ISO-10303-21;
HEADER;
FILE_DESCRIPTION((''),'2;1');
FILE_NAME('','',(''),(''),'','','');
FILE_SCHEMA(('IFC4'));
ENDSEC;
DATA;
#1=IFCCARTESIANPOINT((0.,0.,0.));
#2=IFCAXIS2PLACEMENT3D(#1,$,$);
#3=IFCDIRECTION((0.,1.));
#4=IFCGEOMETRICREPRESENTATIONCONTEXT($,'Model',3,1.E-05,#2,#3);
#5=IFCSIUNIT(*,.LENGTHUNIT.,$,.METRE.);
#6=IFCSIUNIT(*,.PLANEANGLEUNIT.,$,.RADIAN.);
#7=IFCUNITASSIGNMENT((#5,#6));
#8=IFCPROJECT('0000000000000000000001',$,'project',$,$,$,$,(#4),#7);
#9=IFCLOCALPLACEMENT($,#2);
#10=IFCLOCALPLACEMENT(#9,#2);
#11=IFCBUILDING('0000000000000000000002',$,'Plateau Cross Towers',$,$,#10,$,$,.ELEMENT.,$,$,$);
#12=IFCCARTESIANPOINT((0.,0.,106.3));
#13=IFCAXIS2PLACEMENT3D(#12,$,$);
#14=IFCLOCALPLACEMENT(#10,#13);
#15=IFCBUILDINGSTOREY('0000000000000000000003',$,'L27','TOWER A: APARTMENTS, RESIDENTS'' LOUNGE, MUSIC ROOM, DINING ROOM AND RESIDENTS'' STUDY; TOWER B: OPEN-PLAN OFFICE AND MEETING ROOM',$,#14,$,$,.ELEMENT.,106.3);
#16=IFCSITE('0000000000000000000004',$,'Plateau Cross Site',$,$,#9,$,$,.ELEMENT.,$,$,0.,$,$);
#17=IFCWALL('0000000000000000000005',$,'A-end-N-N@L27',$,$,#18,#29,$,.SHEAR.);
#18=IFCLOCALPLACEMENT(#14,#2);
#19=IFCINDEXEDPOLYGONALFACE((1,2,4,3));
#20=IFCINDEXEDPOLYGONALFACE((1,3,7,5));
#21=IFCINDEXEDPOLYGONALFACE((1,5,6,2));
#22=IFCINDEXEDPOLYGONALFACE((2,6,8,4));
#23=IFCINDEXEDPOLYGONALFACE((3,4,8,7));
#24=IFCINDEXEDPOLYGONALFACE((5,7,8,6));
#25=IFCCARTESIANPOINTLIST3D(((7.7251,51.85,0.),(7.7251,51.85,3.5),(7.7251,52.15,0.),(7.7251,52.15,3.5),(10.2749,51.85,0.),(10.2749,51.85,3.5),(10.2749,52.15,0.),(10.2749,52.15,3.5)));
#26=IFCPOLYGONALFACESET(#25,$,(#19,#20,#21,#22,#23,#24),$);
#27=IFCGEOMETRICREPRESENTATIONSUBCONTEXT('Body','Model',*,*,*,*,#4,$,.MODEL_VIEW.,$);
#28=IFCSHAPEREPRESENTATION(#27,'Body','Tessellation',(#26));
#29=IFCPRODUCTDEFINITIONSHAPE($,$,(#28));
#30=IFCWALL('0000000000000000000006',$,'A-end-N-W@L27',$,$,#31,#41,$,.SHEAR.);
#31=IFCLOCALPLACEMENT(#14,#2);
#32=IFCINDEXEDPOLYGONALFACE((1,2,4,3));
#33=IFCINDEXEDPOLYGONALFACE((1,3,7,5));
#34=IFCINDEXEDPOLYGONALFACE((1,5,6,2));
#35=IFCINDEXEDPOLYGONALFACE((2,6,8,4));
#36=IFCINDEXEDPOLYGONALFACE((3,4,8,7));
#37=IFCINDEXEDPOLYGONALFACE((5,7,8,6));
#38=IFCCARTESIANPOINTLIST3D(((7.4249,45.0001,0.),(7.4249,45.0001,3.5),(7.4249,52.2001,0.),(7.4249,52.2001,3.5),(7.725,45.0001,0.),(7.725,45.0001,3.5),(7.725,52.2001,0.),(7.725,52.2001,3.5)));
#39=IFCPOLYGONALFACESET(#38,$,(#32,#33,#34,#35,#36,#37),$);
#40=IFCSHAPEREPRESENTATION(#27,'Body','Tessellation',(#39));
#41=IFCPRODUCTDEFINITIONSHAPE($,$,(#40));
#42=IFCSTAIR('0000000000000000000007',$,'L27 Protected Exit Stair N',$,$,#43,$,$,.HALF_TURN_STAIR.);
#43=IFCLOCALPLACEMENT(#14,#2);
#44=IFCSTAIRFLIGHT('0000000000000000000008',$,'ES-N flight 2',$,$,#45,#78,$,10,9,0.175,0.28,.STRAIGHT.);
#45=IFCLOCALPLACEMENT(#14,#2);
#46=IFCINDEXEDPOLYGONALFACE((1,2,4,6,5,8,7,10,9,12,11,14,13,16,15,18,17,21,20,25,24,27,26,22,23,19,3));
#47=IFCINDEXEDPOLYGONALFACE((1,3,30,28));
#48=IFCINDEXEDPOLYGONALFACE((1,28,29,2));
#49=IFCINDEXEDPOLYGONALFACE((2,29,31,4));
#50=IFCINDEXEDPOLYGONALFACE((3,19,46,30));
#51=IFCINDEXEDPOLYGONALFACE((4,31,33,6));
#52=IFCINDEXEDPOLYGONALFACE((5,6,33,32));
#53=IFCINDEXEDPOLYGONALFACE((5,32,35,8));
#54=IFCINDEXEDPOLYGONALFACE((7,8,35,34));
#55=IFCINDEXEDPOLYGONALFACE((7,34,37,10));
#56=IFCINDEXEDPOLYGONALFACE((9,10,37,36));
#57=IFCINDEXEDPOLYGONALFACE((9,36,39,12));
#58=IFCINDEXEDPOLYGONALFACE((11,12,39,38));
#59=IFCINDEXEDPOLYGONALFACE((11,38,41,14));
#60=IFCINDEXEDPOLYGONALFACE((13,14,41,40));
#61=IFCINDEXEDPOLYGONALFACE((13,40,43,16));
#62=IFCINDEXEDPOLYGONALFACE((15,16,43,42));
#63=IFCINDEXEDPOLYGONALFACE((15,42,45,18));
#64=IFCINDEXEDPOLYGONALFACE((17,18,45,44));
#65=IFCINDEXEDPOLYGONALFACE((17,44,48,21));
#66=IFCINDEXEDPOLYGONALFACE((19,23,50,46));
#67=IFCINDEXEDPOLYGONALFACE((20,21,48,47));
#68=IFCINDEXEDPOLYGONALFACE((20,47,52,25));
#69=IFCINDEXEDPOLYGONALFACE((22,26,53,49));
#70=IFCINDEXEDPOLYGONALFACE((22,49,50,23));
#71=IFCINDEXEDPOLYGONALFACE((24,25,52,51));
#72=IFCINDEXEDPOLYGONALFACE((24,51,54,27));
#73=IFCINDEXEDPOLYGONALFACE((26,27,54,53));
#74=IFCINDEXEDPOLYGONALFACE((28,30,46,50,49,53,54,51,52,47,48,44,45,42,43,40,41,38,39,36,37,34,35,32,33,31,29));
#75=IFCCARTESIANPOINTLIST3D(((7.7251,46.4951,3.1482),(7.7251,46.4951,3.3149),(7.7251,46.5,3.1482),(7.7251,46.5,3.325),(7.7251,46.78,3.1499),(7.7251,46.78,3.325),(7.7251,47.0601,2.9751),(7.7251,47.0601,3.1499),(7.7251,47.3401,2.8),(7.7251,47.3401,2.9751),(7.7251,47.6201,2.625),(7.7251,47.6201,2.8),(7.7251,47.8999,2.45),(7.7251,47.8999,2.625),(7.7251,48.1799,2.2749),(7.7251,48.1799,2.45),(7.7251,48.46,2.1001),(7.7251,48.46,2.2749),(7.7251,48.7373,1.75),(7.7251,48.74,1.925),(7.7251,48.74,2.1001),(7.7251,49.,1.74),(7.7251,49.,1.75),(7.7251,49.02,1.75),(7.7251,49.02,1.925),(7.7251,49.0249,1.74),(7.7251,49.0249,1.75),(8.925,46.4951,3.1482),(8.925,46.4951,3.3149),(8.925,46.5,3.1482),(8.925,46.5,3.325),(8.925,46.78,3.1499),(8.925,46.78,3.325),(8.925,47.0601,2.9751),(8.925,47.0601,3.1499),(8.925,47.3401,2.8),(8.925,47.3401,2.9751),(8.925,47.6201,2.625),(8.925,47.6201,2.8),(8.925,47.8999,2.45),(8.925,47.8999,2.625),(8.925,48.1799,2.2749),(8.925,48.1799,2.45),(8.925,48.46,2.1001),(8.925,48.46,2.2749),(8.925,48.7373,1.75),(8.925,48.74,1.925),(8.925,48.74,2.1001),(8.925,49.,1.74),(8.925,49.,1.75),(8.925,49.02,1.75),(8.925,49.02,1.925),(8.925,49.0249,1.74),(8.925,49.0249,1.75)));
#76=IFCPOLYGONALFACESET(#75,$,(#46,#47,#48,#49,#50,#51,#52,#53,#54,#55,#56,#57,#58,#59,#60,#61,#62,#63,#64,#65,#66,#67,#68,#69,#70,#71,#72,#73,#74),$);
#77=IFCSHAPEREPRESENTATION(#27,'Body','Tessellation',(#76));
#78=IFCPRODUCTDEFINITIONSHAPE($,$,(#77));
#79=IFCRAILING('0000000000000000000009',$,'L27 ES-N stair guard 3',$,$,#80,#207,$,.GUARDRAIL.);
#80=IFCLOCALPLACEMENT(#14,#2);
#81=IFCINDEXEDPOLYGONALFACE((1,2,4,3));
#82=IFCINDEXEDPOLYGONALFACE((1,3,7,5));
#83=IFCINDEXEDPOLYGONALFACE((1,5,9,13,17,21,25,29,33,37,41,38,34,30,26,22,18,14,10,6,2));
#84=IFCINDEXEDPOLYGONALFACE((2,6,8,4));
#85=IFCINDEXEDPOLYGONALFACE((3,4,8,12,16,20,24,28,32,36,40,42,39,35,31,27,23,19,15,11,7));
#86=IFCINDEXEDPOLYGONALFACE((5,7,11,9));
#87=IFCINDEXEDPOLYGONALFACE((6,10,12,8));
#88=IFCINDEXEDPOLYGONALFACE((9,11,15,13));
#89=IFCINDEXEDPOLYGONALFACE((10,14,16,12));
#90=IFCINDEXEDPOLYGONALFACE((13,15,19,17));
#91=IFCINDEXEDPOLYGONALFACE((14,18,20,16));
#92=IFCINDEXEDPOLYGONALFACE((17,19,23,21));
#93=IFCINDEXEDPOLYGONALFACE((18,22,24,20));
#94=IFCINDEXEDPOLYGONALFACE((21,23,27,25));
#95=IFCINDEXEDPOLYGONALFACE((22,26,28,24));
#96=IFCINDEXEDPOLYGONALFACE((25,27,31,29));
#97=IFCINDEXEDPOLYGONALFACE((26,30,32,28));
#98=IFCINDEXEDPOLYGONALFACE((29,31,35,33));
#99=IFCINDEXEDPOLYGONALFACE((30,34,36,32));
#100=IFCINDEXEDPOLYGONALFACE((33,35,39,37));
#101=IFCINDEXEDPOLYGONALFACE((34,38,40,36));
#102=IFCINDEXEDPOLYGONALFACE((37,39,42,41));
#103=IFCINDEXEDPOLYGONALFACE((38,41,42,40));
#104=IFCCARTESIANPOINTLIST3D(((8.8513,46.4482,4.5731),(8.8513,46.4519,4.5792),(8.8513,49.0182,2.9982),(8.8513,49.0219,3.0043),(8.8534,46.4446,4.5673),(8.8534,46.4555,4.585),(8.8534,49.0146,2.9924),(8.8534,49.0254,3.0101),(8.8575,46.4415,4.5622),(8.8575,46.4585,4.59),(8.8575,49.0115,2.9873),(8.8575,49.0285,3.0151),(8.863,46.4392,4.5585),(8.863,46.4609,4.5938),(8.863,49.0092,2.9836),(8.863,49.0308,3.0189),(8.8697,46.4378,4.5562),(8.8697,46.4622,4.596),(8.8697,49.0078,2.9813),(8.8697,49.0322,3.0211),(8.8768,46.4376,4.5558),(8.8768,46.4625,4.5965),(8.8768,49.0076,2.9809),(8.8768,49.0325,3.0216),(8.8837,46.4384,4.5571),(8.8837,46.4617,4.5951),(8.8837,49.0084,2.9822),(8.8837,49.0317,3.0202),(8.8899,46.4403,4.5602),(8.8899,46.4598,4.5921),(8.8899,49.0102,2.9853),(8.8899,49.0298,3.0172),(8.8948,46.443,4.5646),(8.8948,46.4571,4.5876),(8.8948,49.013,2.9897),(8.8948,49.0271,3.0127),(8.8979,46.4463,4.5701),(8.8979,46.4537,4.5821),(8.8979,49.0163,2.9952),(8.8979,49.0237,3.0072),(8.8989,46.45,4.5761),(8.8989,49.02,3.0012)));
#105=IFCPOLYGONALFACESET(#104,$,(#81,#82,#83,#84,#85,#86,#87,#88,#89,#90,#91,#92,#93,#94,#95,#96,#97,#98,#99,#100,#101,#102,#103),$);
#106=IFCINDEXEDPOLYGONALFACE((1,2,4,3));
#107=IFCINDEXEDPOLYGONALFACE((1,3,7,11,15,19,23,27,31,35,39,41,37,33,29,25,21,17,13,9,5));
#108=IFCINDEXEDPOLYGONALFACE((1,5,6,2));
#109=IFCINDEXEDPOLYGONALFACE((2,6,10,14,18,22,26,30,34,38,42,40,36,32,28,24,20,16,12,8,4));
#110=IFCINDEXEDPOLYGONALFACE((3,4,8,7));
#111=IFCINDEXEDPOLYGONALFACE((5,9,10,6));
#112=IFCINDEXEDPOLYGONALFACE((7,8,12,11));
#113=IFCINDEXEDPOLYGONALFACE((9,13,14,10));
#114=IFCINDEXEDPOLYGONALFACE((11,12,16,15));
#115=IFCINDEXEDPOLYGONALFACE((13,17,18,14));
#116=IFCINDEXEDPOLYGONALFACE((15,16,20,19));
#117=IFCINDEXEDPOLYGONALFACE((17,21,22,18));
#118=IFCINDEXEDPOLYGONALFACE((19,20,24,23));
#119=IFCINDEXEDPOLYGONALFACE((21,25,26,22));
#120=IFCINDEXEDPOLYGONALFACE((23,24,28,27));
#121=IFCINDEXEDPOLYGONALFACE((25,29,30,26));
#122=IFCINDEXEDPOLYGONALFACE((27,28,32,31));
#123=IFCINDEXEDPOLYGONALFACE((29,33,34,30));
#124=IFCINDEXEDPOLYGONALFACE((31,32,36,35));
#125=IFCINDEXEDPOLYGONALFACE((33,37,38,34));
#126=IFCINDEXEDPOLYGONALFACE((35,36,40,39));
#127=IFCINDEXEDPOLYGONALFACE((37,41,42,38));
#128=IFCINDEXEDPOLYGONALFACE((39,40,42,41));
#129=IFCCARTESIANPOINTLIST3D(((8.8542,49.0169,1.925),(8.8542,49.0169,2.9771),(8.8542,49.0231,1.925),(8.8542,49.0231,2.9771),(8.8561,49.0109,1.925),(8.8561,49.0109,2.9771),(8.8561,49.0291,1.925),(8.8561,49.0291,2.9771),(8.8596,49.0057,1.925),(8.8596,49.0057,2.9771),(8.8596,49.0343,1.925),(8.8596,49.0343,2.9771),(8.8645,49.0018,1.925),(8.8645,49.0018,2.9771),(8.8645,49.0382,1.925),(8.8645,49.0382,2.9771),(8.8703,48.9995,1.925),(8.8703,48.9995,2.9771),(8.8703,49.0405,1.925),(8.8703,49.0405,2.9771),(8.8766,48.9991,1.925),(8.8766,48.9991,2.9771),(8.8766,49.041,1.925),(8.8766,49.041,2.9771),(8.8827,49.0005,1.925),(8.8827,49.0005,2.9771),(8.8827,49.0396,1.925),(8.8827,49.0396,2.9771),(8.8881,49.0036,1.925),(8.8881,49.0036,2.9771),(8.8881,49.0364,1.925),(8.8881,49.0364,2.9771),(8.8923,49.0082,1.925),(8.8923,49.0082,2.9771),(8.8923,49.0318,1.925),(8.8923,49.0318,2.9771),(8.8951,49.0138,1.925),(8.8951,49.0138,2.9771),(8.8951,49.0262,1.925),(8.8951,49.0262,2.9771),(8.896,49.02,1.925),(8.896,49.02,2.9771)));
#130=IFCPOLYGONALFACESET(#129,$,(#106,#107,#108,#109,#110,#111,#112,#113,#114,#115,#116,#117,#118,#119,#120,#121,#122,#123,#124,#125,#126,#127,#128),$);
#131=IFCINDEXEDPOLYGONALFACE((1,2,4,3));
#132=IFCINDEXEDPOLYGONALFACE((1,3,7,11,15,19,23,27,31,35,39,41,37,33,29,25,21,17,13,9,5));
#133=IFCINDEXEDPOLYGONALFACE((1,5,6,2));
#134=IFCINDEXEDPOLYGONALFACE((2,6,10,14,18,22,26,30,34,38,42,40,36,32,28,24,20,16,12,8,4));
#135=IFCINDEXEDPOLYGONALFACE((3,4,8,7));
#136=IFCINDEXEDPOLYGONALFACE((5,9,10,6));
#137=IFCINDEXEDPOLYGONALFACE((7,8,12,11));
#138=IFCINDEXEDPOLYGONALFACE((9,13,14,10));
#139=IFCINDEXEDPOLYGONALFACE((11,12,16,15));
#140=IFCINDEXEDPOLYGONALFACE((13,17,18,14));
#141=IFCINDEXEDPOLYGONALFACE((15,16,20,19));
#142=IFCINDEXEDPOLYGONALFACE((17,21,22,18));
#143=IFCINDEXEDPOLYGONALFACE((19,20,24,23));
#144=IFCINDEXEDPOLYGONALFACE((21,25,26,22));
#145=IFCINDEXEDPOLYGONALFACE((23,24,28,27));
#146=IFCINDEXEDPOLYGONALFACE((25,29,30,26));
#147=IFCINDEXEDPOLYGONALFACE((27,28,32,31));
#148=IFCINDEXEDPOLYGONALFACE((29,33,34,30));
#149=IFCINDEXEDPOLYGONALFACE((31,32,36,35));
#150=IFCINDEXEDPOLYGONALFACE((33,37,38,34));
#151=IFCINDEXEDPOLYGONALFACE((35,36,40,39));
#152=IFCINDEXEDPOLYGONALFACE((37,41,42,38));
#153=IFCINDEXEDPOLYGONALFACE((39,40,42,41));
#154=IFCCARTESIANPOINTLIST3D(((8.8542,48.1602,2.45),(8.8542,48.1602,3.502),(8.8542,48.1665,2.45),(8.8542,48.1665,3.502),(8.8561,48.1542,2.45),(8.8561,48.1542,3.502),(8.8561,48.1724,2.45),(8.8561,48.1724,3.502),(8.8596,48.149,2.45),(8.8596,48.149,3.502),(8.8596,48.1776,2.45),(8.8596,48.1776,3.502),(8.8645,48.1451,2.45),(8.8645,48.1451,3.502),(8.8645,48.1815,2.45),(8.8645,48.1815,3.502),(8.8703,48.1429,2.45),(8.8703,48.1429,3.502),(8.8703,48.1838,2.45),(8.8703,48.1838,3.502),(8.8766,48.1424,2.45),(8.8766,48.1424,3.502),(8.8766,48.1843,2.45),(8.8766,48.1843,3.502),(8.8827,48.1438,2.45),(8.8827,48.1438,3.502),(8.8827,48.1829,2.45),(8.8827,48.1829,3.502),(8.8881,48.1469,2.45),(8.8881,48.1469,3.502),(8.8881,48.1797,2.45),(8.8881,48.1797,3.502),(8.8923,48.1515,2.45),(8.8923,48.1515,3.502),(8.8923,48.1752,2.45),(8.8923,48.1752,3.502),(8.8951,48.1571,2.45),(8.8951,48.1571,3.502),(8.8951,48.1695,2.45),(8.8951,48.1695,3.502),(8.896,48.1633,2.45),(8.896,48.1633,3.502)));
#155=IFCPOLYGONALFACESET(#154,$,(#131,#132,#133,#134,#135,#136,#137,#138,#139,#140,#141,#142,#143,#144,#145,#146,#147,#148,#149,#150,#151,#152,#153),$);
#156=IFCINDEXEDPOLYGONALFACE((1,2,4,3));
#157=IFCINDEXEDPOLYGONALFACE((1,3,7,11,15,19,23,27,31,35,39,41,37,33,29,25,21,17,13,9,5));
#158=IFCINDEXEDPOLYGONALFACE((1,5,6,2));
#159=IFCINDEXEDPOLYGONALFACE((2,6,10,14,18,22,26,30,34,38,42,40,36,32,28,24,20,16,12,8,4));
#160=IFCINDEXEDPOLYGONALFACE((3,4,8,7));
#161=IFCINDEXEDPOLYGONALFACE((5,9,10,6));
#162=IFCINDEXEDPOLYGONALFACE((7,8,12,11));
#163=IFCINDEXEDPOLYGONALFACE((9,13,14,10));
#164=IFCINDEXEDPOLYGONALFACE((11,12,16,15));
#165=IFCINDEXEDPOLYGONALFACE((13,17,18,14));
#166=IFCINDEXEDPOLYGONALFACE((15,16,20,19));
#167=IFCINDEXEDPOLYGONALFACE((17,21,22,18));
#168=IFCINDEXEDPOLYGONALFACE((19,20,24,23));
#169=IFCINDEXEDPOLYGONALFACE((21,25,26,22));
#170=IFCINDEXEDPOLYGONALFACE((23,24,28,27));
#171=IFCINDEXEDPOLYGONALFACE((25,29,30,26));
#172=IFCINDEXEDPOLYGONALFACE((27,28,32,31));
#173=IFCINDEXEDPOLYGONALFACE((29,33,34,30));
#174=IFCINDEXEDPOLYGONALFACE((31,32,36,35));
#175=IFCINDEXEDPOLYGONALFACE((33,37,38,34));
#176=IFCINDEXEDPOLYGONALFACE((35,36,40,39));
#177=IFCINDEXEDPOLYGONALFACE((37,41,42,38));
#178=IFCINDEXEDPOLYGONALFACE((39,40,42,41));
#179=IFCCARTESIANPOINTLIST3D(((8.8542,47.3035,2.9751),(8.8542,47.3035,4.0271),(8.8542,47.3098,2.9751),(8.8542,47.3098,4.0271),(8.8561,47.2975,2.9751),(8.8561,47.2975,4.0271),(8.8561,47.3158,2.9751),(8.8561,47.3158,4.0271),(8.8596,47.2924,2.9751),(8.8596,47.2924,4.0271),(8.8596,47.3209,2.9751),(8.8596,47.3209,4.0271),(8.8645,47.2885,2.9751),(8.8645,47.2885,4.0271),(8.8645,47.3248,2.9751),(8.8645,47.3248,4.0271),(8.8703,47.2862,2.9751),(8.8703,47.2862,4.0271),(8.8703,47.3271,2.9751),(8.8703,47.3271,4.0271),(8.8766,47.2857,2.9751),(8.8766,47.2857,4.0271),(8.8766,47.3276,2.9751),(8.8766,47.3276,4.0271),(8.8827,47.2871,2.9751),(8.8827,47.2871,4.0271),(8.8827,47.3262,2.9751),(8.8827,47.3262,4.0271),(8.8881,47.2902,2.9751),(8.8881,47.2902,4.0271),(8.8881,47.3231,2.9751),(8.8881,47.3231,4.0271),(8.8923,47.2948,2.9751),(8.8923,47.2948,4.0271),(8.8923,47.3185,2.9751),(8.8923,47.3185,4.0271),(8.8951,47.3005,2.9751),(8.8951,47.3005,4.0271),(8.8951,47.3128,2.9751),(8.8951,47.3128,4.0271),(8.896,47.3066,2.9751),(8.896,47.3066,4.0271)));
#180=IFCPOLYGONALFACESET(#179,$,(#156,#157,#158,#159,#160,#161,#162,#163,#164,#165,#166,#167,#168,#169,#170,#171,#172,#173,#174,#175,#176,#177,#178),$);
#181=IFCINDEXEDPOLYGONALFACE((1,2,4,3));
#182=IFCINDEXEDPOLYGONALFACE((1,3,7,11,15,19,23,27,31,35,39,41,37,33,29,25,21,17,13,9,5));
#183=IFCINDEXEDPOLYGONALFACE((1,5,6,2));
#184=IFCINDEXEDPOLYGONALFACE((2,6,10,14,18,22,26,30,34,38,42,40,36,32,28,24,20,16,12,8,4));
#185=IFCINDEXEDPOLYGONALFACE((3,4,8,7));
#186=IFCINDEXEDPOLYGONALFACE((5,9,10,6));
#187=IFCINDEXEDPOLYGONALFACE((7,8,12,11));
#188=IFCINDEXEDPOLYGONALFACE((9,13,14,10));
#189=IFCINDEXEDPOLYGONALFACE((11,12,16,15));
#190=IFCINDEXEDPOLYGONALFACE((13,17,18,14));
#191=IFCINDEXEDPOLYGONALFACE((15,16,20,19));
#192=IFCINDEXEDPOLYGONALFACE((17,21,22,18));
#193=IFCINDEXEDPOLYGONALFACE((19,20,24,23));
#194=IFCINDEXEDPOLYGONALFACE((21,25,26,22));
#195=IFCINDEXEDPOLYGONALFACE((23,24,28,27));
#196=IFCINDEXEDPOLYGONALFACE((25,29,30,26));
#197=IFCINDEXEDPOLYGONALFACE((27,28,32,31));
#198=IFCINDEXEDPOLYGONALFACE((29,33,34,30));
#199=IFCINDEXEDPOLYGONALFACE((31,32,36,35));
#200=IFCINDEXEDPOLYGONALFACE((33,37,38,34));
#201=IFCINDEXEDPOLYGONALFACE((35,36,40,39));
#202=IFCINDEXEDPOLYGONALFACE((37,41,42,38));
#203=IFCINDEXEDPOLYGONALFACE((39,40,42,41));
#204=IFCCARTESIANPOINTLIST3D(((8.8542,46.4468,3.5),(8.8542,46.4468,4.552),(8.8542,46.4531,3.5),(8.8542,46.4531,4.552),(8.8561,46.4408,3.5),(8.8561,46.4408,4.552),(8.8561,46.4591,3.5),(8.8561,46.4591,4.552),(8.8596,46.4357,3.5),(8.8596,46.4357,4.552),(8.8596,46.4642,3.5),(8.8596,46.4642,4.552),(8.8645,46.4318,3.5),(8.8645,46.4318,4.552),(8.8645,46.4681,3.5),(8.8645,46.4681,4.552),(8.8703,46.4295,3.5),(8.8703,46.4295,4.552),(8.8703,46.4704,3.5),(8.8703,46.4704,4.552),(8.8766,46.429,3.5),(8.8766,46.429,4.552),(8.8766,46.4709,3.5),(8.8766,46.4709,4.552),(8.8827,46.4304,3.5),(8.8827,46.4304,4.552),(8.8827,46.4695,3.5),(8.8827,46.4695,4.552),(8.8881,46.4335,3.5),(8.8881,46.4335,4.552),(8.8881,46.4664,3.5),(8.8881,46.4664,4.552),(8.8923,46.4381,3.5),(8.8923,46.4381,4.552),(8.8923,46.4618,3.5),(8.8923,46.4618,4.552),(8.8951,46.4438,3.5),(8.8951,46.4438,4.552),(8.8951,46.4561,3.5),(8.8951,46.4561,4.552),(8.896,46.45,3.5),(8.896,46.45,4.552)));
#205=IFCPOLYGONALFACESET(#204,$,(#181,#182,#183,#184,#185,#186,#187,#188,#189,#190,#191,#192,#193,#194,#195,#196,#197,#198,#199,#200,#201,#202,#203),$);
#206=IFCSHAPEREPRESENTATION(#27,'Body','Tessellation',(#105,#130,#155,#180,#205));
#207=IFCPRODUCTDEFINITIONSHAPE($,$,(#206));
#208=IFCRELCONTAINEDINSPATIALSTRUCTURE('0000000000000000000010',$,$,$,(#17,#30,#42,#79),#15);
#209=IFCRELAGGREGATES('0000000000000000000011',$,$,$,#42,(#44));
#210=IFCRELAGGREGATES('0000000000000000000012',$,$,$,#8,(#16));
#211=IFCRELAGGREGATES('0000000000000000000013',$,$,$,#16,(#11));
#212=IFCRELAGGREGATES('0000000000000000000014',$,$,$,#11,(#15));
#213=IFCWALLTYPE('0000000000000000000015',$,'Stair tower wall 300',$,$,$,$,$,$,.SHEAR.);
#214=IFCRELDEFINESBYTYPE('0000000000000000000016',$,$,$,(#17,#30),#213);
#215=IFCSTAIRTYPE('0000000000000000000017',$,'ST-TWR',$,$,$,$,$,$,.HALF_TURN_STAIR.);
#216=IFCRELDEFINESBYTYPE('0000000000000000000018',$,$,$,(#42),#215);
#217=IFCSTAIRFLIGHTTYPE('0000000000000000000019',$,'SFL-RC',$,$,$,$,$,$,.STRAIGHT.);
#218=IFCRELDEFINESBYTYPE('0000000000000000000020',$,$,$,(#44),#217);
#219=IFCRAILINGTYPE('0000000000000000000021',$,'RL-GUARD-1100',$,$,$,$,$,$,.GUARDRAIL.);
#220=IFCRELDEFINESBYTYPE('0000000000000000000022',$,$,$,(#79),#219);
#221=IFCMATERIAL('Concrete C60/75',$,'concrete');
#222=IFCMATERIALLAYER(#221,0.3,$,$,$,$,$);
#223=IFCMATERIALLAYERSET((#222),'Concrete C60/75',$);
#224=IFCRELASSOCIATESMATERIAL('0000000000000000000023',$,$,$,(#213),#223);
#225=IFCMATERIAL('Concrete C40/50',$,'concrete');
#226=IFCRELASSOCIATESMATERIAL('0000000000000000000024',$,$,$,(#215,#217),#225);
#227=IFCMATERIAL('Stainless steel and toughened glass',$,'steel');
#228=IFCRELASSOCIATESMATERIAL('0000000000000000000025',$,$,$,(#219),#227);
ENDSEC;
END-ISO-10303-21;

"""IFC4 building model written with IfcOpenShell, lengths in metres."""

from ifc_helpers import new_model, si_unit, direction, frame, frame_2d, origin, origin_2d, place, context, subcontext, project, spatial, polyline, rectangle, circle, outline, extrude, material, layer, layer_set, type_object, element, aggregate, save


model = new_model("IFC4")

# Units and contexts
model_context = context("Model", 3, precision=1e-05, world=origin(), true_north=direction((0.0, 1.0)))
body_context = subcontext(model_context, "Body", "Model", "MODEL_VIEW")
ifc_project = project(units=[si_unit("LENGTHUNIT", "METRE"), si_unit("PLANEANGLEUNIT", "RADIAN")], contexts=[model_context])

# Site, building, storey
site_placement = place(None, origin())
site = spatial("IfcSite", under=ifc_project, at=site_placement, Name="Plateau Cross Site", CompositionType="ELEMENT", RefElevation=0.0)
building_placement = place(site_placement, origin())
building = spatial("IfcBuilding", under=site, at=building_placement, Name="Plateau Cross Towers", CompositionType="ELEMENT")
storey_placement = place(building_placement, frame((0.0, 0.0, 106.3)))
storey = spatial("IfcBuildingStorey", under=building, at=storey_placement, Name="L27", Description="TOWER A: APARTMENTS, RESIDENTS' LOUNGE, MUSIC ROOM, DINING ROOM AND RESIDENTS' STUDY; TOWER B: OPEN-PLAN OFFICE AND MEETING ROOM", CompositionType="ELEMENT", Elevation=106.3)

# Shared definitions
ifc_material_1 = material(Name="Concrete C60/75", Category="concrete")

# Shared definitions
ifc_layer_1 = layer(ifc_material_1, 0.3)
ifc_layer_set_1 = layer_set([ifc_layer_1], Name="Concrete C60/75")
wall_type_1 = type_object("IfcWallType", Name="Stair tower wall 300", PredefinedType="SHEAR", material=ifc_layer_set_1)

# Walls
wall_1_placement = place(storey_placement, frame((7.7251, 52.0, 0.0), z_axis=(0.0, 0.0, 1.0), x_axis=(1.0, 0.0, 0.0)))
element("IfcWall", 1, at=wall_1_placement, inside=storey, type_object=wall_type_1, Name="A-end-N-N@L27", PredefinedType="SHEAR", context=body_context, shape_type="SweptSolid", body=[
    extrude(rectangle(XDim=2.5498, YDim=0.3, at=frame_2d((1.2749, 0.0))), origin(), (0.0, 0.0, 1.0), 3.5),
])
wall_2_placement = place(storey_placement, frame((7.575, 45.0, 0.0), z_axis=(0.0, 0.0, 1.0), x_axis=(0.0, 1.0, 0.0)))
element("IfcWall", 2, at=wall_2_placement, inside=storey, type_object=wall_type_1, Name="A-end-N-W@L27", PredefinedType="SHEAR", context=body_context, shape_type="SweptSolid", body=[
    extrude(rectangle(XDim=7.2, YDim=0.3, at=frame_2d((3.6001, 0.0))), origin(), (0.0, 0.0, 1.0), 3.5),
])

# Stair, stair flight
ifc_material_2 = material(Name="Concrete C40/50", Category="concrete")
stair_type = type_object("IfcStairType", Name="ST-TWR", PredefinedType="HALF_TURN_STAIR", material=ifc_material_2)
stair_placement = place(storey_placement, origin())
stair = element("IfcStair", 3, at=stair_placement, inside=storey, type_object=stair_type, Name="L27 Protected Exit Stair N", PredefinedType="HALF_TURN_STAIR")
stair_flight_type = type_object("IfcStairFlightType", Name="SFL-RC", PredefinedType="STRAIGHT", material=ifc_material_2)
stair_flight_placement = place(storey_placement, frame((8.325, 49.02, 1.75), z_axis=(0.0, 0.0, 1.0), x_axis=(0.0, -1.0, 0.0)))
stair_flight = element("IfcStairFlight", 4, at=stair_flight_placement, type_object=stair_flight_type, Name="ES-N flight 2", NumberOfRisers=10, NumberOfTreads=9, PredefinedType="STRAIGHT", RiserHeight=0.175, TreadLength=0.28, context=body_context, shape_type="SweptSolid", body=[
    extrude(outline(polyline([(-0.0049, -0.01), (-0.0049, 0.0), (0.0, 0.0), (0.0, 0.175), (0.28, 0.175), (0.28, 0.3501), (0.5601, 0.3501), (0.5601, 0.5249), (0.8401, 0.5249), (0.8401, 0.7), (1.1201, 0.7), (1.1201, 0.875), (1.3999, 0.875), (1.3999, 1.05), (1.6799, 1.05), (1.6799, 1.2251), (1.96, 1.2251), (1.96, 1.3999), (2.24, 1.3999), (2.24, 1.575), (2.52, 1.575), (2.5249, 1.5649), (2.5249, 1.3982), (2.52, 1.3982), (0.2827, 0.0), (0.02, 0.0), (0.02, -0.01), (-0.0049, -0.01)])), frame((0.0, 0.6001, 0.0), z_axis=(0.0, -1.0, 0.0), x_axis=(1.0, 0.0, 0.0)), (0.0, 0.0, 1.0), 1.2),
])
aggregate(stair, [stair_flight])

# Railing
ifc_material_3 = material(Name="Stainless steel and toughened glass", Category="steel")
railing_type_1 = type_object("IfcRailingType", Name="RL-GUARD-1100", PredefinedType="GUARDRAIL", material=ifc_material_3)
railing_1_placement = place(storey_placement, frame((8.875, 49.02, 1.925)))
element("IfcRailing", 5, at=railing_1_placement, inside=storey, type_object=railing_type_1, Name="L27 ES-N stair guard 3", PredefinedType="GUARDRAIL", context=body_context, shape_type="SweptSolid", body=[
    extrude(circle(Radius=0.0239, at=origin_2d()), frame((0.0, 0.0, 1.0762), z_axis=(0.0, -0.852639, 0.522501), x_axis=(1.0, 0.0, 0.0)), (0.0, 0.0, 1.0), 3.0142),
    extrude(circle(Radius=0.021, at=origin_2d()), origin(), (0.0, 0.0, 1.0), 1.052),
    extrude(circle(Radius=0.021, at=origin_2d()), frame((0.0, -0.8567, 0.5249)), (0.0, 0.0, 1.0), 1.052),
    extrude(circle(Radius=0.021, at=origin_2d()), frame((0.0, -1.7134, 1.05)), (0.0, 0.0, 1.0), 1.052),
    extrude(circle(Radius=0.021, at=origin_2d()), frame((0.0, -2.5701, 1.575)), (0.0, 0.0, 1.0), 1.052),
])

save(model, "model.ifc")
